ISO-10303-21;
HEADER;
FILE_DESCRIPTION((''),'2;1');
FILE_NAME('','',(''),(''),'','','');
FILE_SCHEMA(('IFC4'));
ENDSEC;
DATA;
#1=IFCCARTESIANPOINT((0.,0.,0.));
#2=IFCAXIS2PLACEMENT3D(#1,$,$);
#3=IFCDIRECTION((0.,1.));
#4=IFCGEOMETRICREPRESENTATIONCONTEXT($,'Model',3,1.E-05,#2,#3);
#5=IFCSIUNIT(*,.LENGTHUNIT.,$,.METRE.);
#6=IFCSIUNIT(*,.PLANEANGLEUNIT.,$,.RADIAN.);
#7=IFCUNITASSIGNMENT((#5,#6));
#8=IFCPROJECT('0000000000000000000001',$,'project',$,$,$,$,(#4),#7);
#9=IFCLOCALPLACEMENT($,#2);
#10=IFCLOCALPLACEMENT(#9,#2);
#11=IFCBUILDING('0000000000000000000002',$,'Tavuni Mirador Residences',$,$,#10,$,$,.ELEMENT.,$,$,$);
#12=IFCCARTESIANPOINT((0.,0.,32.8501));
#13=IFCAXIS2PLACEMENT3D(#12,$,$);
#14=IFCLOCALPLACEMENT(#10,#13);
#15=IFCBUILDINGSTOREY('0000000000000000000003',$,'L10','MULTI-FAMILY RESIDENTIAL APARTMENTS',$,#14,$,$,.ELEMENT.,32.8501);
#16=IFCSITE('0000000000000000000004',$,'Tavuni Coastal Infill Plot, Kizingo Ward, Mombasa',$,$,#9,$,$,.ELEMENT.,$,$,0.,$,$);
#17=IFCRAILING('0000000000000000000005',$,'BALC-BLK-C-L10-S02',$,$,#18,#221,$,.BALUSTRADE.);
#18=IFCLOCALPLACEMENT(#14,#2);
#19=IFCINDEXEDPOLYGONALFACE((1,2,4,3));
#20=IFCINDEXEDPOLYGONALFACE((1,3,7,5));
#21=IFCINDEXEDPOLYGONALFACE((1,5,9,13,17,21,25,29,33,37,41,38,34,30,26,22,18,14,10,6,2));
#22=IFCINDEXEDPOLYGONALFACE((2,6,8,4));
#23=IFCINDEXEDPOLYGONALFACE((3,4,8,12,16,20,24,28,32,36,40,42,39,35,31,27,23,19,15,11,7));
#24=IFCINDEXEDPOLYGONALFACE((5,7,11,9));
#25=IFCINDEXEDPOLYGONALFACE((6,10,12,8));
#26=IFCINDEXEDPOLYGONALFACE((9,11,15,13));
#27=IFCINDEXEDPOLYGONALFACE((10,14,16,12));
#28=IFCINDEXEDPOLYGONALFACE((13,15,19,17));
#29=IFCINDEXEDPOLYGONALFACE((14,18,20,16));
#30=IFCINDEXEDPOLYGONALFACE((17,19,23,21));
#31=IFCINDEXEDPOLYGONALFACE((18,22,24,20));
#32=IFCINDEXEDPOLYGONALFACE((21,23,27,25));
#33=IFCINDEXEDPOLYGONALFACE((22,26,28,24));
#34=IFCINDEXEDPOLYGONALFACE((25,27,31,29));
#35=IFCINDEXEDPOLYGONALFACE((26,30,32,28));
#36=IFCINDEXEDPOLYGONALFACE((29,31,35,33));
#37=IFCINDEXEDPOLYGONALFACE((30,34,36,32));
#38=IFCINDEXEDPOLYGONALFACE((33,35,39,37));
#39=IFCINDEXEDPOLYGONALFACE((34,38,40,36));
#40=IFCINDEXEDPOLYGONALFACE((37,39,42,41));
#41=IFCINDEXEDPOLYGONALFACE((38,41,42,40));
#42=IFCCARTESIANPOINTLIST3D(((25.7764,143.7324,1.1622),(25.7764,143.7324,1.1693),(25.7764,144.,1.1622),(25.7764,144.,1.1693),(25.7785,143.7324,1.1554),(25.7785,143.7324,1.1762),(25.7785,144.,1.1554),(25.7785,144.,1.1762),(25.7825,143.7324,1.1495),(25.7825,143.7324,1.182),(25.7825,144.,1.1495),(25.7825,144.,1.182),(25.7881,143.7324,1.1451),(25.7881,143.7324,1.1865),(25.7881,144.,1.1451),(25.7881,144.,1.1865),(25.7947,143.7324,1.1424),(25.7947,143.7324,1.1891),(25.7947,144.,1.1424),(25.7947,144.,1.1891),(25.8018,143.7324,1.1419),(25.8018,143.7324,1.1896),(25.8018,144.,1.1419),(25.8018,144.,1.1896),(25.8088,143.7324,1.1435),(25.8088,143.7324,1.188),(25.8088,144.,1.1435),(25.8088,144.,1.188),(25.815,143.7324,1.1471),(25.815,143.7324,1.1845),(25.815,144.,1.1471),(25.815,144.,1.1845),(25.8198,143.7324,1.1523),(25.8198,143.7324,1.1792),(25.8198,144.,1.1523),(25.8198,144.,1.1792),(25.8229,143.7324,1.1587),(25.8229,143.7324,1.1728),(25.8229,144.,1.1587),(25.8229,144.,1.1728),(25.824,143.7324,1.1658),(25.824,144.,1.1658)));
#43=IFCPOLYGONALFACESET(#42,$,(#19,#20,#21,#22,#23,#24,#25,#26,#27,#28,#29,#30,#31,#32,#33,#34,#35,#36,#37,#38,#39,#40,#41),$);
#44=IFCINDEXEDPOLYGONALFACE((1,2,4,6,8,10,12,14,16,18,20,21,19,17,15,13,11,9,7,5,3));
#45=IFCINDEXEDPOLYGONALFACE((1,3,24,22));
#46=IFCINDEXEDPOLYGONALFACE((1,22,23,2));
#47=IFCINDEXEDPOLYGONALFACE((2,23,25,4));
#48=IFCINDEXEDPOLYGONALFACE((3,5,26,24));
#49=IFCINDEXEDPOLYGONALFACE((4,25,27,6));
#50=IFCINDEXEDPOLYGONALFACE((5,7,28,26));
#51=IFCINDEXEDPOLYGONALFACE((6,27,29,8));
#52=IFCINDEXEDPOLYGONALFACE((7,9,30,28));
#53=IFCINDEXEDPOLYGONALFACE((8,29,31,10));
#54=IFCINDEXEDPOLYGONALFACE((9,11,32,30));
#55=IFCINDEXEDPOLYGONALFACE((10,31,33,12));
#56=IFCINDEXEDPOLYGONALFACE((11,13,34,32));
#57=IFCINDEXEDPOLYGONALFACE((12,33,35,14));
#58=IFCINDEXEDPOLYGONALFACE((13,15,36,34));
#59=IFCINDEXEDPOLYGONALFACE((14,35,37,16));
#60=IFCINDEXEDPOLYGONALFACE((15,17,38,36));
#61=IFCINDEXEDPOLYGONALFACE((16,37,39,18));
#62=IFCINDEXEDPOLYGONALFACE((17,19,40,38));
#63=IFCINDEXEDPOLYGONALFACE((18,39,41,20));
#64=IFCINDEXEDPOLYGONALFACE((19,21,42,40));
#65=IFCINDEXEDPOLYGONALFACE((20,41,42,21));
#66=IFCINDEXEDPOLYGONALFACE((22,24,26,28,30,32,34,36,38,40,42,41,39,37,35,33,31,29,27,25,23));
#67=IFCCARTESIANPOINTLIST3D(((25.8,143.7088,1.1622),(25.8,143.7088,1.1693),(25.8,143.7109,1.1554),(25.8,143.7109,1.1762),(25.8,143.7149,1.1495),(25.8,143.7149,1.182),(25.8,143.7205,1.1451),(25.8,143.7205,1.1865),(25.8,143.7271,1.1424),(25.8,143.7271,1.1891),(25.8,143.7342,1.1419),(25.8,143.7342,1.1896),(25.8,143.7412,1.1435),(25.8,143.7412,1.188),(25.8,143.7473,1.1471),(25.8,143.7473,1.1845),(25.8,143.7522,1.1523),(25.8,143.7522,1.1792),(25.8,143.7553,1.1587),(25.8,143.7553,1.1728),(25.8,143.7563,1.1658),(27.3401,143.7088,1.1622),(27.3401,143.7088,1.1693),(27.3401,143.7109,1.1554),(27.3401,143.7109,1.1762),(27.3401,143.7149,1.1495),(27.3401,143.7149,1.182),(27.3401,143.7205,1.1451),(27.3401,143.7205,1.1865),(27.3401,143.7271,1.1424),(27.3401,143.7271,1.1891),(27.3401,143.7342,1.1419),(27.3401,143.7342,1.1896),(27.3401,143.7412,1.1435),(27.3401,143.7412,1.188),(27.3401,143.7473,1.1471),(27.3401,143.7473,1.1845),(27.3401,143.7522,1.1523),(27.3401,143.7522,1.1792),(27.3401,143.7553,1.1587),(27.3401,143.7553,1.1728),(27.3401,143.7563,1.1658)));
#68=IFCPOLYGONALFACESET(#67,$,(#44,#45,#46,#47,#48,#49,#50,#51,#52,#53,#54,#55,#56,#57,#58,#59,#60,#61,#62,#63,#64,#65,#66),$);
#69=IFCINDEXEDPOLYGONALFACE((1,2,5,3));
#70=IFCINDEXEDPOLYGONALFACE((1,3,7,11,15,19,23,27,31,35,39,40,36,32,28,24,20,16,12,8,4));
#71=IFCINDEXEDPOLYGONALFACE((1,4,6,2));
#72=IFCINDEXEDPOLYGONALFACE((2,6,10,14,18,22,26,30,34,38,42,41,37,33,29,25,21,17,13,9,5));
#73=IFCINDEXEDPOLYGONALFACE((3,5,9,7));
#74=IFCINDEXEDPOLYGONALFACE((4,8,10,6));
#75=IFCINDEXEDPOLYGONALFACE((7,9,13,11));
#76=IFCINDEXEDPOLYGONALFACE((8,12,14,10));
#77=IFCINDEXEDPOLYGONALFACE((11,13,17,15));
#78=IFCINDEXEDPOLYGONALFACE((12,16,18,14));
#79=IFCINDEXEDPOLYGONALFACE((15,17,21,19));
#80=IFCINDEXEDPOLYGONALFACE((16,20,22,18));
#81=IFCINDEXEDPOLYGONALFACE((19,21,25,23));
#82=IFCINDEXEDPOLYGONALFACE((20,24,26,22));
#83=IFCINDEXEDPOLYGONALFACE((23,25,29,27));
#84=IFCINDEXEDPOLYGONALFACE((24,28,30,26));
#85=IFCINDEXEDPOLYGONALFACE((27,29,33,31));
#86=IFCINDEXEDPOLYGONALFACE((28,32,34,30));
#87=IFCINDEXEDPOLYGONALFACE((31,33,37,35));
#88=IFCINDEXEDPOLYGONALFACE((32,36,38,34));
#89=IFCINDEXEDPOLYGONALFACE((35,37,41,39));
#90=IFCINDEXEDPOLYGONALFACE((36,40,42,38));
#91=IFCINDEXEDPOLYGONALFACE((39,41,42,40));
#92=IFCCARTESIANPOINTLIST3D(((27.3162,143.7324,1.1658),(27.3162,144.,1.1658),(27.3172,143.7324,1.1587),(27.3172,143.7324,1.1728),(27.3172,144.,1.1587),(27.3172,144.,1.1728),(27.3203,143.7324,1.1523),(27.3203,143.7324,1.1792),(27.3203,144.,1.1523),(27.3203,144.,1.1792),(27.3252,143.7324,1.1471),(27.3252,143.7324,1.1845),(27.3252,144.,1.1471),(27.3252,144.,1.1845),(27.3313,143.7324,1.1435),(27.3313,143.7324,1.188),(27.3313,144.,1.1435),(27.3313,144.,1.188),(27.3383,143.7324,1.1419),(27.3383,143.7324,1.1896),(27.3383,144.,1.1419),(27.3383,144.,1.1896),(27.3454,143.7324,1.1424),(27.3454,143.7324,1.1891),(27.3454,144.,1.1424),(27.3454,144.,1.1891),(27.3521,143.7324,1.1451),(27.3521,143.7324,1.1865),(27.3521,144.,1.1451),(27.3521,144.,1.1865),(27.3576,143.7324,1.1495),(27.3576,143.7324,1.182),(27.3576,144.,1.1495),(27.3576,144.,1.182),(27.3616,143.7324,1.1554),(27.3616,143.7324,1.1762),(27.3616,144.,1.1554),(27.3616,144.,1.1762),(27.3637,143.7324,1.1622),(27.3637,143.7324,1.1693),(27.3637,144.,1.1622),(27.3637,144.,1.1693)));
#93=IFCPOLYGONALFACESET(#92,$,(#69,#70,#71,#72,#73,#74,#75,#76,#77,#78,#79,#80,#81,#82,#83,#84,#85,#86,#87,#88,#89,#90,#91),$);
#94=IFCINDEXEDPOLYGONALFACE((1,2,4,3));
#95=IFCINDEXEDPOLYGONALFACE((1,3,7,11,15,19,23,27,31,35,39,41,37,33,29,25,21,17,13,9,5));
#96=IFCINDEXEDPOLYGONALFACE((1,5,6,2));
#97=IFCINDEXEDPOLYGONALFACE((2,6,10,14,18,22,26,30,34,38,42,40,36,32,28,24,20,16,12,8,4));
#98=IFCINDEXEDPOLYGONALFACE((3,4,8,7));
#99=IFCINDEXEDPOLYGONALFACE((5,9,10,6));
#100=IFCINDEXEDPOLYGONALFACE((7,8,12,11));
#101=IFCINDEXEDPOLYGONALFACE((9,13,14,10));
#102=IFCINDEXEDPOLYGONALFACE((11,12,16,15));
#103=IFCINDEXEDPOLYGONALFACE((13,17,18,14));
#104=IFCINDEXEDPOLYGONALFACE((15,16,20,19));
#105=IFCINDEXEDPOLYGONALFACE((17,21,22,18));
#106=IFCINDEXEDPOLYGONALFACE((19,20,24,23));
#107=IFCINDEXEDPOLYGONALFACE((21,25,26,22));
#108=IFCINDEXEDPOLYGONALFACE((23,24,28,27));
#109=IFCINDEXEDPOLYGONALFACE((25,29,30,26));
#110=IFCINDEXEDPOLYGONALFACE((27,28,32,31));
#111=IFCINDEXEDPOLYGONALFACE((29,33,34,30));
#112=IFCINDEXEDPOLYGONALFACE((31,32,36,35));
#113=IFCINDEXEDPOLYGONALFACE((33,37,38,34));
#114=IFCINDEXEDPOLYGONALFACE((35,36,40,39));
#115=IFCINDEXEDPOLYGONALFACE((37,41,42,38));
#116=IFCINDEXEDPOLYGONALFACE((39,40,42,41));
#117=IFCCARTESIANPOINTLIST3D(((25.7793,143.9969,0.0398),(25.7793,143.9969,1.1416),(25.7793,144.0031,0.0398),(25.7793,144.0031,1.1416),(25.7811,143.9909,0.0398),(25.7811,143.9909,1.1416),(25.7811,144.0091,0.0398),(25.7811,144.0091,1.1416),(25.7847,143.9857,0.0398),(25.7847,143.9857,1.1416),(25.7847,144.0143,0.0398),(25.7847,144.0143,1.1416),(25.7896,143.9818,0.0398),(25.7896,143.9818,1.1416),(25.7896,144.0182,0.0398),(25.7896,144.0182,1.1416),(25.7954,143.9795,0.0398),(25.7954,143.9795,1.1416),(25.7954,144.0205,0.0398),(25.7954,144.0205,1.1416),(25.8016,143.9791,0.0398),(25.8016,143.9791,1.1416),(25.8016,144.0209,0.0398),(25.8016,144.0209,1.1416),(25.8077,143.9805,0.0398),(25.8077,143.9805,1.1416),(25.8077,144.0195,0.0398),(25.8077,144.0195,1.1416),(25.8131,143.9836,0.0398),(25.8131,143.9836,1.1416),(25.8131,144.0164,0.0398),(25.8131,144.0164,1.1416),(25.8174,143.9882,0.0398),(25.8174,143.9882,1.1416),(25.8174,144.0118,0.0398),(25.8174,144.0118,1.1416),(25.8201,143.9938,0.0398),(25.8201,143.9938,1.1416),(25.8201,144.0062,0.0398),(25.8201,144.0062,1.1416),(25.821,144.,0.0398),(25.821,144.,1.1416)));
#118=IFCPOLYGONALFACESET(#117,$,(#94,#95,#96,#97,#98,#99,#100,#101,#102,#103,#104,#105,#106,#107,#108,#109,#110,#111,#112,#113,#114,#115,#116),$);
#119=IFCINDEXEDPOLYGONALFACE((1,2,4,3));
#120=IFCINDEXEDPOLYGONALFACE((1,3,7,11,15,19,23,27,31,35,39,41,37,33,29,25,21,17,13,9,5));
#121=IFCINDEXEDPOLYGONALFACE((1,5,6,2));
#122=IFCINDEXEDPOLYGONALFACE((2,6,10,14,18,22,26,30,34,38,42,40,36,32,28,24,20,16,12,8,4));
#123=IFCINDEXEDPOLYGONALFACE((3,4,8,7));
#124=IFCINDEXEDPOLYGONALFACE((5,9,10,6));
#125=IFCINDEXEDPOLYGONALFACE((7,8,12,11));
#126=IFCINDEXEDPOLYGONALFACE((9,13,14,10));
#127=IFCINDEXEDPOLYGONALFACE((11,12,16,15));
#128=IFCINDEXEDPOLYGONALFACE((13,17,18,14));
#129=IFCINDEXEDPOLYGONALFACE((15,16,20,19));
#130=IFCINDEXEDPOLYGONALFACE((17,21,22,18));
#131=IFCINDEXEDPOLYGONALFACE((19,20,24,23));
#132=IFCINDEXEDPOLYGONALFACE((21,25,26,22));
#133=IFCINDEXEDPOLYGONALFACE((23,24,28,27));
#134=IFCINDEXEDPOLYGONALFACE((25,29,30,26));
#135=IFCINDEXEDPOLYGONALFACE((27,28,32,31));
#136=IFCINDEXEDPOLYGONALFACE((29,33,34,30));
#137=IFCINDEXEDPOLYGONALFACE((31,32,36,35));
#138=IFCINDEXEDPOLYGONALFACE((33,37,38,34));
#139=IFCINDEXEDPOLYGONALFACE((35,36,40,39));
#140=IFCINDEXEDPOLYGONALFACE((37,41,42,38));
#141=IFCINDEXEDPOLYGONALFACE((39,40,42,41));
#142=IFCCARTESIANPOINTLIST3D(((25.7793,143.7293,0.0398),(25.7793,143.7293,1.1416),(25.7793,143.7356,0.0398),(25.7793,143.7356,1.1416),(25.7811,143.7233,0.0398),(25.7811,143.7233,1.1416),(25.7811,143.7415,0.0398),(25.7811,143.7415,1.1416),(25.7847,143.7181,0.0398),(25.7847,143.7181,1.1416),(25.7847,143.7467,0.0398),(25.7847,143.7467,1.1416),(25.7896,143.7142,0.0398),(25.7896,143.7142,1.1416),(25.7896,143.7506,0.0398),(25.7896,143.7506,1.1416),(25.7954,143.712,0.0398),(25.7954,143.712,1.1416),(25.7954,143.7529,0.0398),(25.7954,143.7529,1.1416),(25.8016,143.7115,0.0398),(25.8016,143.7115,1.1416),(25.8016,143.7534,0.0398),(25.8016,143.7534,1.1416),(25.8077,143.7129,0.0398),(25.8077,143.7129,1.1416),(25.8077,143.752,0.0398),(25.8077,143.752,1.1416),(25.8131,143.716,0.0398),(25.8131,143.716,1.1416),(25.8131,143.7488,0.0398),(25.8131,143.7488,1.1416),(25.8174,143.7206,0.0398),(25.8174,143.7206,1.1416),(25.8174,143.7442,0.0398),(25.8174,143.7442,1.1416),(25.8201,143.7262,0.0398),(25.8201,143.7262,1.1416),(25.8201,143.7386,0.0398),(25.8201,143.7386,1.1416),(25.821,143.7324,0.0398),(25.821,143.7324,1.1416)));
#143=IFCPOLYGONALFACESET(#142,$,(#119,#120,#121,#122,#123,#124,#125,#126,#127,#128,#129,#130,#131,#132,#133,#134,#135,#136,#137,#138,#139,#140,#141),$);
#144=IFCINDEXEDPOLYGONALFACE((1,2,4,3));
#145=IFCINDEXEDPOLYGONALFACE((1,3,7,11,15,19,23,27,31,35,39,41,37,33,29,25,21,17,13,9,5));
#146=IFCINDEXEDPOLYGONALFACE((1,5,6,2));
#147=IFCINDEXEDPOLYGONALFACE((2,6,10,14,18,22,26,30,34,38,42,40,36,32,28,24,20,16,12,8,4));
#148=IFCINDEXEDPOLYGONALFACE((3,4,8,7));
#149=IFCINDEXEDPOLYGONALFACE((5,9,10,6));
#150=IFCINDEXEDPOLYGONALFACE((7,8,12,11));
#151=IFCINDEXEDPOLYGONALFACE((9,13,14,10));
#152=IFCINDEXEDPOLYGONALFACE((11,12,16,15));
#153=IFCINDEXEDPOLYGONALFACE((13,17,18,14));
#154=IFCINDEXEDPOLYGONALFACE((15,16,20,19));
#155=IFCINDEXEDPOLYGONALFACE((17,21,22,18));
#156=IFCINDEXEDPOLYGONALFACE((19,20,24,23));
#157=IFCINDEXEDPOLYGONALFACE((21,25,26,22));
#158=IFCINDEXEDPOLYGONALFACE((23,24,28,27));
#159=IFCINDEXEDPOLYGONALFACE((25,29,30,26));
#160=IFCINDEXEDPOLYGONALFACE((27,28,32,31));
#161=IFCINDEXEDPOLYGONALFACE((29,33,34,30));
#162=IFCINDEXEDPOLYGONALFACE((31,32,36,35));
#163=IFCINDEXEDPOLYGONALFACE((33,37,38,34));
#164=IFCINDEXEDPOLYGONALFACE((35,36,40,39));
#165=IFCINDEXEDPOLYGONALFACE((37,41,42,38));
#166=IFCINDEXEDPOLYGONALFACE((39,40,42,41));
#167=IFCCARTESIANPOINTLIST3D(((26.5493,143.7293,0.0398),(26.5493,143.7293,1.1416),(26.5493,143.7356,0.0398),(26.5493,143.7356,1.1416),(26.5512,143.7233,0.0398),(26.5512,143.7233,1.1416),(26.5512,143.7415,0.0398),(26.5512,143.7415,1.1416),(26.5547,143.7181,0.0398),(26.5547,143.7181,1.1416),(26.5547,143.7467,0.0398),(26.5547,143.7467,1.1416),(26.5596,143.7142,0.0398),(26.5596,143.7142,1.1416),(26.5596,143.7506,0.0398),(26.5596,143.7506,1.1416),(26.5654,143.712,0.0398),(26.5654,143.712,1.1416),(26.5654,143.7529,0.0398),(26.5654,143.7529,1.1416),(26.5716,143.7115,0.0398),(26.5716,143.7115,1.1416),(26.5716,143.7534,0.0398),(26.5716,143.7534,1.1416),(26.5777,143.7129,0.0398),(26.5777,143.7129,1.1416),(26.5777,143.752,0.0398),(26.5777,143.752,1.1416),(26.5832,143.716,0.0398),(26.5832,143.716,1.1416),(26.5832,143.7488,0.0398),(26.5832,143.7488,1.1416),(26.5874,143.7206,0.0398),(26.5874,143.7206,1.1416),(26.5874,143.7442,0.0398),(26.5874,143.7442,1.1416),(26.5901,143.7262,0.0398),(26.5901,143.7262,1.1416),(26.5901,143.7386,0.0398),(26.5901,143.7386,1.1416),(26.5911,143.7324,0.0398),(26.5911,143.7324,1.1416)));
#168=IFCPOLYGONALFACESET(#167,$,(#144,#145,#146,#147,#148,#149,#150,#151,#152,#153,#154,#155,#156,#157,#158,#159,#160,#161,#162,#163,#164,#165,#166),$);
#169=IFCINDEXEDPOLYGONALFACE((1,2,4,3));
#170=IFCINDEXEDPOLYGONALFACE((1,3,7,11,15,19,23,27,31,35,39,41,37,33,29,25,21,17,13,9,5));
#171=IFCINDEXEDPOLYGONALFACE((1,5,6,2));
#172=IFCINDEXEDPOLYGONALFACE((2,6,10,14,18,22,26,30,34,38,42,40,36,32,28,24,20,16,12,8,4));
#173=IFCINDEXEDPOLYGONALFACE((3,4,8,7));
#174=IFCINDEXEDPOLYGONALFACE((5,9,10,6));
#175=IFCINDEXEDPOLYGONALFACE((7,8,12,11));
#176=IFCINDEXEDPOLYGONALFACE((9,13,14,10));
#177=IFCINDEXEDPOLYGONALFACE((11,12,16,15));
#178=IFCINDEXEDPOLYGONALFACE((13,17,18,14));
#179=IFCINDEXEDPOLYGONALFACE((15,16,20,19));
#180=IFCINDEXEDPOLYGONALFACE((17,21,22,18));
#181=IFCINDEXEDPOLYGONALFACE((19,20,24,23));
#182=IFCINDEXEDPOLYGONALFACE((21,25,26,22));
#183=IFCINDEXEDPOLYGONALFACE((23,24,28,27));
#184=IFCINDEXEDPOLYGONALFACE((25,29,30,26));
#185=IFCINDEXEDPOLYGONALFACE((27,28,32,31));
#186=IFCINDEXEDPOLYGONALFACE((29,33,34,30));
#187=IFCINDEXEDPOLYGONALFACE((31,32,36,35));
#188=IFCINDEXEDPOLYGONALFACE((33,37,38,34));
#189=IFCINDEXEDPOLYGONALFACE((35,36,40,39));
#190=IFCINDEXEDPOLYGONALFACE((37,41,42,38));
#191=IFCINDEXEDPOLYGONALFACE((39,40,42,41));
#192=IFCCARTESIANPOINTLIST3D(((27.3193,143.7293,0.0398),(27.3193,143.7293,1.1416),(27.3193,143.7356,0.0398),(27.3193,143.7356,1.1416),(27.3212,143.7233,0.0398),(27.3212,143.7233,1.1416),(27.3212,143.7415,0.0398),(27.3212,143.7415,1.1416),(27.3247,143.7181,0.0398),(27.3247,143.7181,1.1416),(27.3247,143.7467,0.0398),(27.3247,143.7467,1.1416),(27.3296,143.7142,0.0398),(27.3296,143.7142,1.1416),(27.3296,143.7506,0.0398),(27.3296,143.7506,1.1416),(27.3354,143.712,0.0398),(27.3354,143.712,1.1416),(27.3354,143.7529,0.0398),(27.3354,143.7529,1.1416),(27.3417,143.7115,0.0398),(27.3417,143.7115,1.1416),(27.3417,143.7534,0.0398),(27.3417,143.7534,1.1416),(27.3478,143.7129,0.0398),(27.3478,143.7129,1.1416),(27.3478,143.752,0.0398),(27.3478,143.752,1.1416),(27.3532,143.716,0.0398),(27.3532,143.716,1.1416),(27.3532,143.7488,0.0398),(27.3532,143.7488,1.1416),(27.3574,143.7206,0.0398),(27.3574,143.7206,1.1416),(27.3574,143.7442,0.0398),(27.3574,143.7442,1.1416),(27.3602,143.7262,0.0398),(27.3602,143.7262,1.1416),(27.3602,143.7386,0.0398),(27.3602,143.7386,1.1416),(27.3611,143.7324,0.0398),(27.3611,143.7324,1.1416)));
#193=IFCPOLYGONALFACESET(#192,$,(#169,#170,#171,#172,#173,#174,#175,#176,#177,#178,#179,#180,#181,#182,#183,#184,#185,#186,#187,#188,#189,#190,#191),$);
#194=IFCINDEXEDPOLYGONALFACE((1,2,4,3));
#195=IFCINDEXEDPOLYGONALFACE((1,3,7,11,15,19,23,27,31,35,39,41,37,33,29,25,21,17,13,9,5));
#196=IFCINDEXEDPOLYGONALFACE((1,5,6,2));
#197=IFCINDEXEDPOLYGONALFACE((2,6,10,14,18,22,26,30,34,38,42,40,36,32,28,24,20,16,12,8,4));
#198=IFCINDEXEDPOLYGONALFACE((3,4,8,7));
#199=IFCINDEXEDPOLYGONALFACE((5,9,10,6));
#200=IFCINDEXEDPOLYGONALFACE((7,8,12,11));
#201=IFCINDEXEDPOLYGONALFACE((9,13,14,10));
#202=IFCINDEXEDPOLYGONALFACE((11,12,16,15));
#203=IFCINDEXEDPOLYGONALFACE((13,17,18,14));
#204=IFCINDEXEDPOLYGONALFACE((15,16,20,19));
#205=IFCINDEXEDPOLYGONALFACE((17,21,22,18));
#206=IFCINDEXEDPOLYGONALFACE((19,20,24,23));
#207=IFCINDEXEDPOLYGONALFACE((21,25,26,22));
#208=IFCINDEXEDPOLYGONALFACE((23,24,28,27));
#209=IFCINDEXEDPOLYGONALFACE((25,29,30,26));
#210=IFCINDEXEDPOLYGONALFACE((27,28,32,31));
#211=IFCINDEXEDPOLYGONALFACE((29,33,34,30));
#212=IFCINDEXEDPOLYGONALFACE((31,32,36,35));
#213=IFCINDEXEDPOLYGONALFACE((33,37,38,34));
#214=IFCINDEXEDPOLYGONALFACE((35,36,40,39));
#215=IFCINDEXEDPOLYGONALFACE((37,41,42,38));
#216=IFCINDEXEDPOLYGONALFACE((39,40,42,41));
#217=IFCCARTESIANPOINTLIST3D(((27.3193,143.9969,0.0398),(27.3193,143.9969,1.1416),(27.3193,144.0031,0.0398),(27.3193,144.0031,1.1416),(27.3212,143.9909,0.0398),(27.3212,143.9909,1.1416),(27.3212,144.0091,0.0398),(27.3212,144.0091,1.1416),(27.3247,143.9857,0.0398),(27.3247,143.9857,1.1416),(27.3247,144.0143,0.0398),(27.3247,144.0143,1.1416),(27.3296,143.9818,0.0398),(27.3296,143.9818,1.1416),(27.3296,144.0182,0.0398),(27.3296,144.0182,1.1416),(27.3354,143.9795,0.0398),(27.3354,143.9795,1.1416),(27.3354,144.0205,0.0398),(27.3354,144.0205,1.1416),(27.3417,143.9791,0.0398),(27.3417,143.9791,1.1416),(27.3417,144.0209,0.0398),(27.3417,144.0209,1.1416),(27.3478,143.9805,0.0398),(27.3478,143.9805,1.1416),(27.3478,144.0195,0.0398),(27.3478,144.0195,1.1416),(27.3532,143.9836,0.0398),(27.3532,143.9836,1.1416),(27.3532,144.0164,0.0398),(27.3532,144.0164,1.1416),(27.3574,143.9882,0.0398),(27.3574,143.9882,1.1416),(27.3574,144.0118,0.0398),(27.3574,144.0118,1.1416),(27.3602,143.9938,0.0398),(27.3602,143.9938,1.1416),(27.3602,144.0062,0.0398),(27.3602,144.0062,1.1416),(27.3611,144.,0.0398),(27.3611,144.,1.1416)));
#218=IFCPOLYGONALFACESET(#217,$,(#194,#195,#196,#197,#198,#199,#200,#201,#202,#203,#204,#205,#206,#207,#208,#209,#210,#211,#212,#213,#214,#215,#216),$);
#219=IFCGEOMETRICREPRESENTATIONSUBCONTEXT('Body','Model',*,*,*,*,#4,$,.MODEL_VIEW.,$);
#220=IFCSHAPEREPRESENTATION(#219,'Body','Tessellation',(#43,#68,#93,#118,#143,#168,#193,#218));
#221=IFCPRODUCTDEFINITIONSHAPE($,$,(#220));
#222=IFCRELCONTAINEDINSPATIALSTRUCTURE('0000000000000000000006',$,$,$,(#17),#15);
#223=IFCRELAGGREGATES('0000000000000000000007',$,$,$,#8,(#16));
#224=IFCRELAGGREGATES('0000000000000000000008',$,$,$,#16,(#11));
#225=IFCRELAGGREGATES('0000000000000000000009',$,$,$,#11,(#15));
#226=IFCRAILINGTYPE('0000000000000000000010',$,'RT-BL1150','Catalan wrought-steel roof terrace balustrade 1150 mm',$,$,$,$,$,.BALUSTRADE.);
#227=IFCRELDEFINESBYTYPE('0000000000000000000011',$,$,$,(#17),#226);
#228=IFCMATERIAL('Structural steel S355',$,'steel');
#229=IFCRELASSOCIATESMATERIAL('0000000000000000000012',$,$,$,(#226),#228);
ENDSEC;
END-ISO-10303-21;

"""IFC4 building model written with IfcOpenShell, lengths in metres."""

from ifc_helpers import new_model, si_unit, direction, frame, origin, origin_2d, place, context, subcontext, project, spatial, circle, extrude, material, type_object, element, save


model = new_model("IFC4")

# Units and contexts
model_context = context("Model", 3, precision=1e-05, world=origin(), true_north=direction((0.0, 1.0)))
body_context = subcontext(model_context, "Body", "Model", "MODEL_VIEW")
ifc_project = project(units=[si_unit("LENGTHUNIT", "METRE"), si_unit("PLANEANGLEUNIT", "RADIAN")], contexts=[model_context])

# Site, building, storey
site_placement = place(None, origin())
site = spatial("IfcSite", under=ifc_project, at=site_placement, Name="Tavuni Coastal Infill Plot, Kizingo Ward, Mombasa", CompositionType="ELEMENT", RefElevation=0.0)
building_placement = place(site_placement, origin())
building = spatial("IfcBuilding", under=site, at=building_placement, Name="Tavuni Mirador Residences", CompositionType="ELEMENT")
storey_placement = place(building_placement, frame((0.0, 0.0, 32.8501)))
storey = spatial("IfcBuildingStorey", under=building, at=storey_placement, Name="L10", Description="MULTI-FAMILY RESIDENTIAL APARTMENTS", CompositionType="ELEMENT", Elevation=32.8501)

# Railing
ifc_material_1 = material(Name="Structural steel S355", Category="steel")
railing_type = type_object("IfcRailingType", Name="RT-BL1150", Description="Catalan wrought-steel roof terrace balustrade 1150 mm", PredefinedType="BALUSTRADE", material=ifc_material_1)
railing_placement = place(storey_placement, frame((25.8, 144.0, 0.0398)))
element("IfcRailing", 1, at=railing_placement, inside=storey, type_object=railing_type, Name="BALC-BLK-C-L10-S02", PredefinedType="BALUSTRADE", context=body_context, shape_type="SweptSolid", body=[
    extrude(circle(Radius=0.0239, at=origin_2d()), frame((0.0, 0.0, 1.126), z_axis=(0.0, -1.0, 0.0), x_axis=(1.0, 0.0, 0.0)), (0.0, 0.0, 1.0), 0.2676),
    extrude(circle(Radius=0.0239, at=origin_2d()), frame((0.0, -0.2676, 1.126), z_axis=(1.0, 0.0, 0.0), x_axis=(0.0, 1.0, 0.0)), (0.0, 0.0, 1.0), 1.54),
    extrude(circle(Radius=0.0239, at=origin_2d()), frame((1.54, -0.2676, 1.126), z_axis=(0.0, 1.0, 0.0), x_axis=(-1.0, 0.0, 0.0)), (0.0, 0.0, 1.0), 0.2676),
    extrude(circle(Radius=0.021, at=origin_2d()), origin(), (0.0, 0.0, 1.0), 1.1018),
    extrude(circle(Radius=0.021, at=origin_2d()), frame((0.0, -0.2676, 0.0)), (0.0, 0.0, 1.0), 1.1018),
    extrude(circle(Radius=0.021, at=origin_2d()), frame((0.77, -0.2676, 0.0)), (0.0, 0.0, 1.0), 1.1018),
    extrude(circle(Radius=0.021, at=origin_2d()), frame((1.54, -0.2676, 0.0)), (0.0, 0.0, 1.0), 1.1018),
    extrude(circle(Radius=0.021, at=origin_2d()), frame((1.54, 0.0, 0.0)), (0.0, 0.0, 1.0), 1.1018),
])

save(model, "model.ifc")
